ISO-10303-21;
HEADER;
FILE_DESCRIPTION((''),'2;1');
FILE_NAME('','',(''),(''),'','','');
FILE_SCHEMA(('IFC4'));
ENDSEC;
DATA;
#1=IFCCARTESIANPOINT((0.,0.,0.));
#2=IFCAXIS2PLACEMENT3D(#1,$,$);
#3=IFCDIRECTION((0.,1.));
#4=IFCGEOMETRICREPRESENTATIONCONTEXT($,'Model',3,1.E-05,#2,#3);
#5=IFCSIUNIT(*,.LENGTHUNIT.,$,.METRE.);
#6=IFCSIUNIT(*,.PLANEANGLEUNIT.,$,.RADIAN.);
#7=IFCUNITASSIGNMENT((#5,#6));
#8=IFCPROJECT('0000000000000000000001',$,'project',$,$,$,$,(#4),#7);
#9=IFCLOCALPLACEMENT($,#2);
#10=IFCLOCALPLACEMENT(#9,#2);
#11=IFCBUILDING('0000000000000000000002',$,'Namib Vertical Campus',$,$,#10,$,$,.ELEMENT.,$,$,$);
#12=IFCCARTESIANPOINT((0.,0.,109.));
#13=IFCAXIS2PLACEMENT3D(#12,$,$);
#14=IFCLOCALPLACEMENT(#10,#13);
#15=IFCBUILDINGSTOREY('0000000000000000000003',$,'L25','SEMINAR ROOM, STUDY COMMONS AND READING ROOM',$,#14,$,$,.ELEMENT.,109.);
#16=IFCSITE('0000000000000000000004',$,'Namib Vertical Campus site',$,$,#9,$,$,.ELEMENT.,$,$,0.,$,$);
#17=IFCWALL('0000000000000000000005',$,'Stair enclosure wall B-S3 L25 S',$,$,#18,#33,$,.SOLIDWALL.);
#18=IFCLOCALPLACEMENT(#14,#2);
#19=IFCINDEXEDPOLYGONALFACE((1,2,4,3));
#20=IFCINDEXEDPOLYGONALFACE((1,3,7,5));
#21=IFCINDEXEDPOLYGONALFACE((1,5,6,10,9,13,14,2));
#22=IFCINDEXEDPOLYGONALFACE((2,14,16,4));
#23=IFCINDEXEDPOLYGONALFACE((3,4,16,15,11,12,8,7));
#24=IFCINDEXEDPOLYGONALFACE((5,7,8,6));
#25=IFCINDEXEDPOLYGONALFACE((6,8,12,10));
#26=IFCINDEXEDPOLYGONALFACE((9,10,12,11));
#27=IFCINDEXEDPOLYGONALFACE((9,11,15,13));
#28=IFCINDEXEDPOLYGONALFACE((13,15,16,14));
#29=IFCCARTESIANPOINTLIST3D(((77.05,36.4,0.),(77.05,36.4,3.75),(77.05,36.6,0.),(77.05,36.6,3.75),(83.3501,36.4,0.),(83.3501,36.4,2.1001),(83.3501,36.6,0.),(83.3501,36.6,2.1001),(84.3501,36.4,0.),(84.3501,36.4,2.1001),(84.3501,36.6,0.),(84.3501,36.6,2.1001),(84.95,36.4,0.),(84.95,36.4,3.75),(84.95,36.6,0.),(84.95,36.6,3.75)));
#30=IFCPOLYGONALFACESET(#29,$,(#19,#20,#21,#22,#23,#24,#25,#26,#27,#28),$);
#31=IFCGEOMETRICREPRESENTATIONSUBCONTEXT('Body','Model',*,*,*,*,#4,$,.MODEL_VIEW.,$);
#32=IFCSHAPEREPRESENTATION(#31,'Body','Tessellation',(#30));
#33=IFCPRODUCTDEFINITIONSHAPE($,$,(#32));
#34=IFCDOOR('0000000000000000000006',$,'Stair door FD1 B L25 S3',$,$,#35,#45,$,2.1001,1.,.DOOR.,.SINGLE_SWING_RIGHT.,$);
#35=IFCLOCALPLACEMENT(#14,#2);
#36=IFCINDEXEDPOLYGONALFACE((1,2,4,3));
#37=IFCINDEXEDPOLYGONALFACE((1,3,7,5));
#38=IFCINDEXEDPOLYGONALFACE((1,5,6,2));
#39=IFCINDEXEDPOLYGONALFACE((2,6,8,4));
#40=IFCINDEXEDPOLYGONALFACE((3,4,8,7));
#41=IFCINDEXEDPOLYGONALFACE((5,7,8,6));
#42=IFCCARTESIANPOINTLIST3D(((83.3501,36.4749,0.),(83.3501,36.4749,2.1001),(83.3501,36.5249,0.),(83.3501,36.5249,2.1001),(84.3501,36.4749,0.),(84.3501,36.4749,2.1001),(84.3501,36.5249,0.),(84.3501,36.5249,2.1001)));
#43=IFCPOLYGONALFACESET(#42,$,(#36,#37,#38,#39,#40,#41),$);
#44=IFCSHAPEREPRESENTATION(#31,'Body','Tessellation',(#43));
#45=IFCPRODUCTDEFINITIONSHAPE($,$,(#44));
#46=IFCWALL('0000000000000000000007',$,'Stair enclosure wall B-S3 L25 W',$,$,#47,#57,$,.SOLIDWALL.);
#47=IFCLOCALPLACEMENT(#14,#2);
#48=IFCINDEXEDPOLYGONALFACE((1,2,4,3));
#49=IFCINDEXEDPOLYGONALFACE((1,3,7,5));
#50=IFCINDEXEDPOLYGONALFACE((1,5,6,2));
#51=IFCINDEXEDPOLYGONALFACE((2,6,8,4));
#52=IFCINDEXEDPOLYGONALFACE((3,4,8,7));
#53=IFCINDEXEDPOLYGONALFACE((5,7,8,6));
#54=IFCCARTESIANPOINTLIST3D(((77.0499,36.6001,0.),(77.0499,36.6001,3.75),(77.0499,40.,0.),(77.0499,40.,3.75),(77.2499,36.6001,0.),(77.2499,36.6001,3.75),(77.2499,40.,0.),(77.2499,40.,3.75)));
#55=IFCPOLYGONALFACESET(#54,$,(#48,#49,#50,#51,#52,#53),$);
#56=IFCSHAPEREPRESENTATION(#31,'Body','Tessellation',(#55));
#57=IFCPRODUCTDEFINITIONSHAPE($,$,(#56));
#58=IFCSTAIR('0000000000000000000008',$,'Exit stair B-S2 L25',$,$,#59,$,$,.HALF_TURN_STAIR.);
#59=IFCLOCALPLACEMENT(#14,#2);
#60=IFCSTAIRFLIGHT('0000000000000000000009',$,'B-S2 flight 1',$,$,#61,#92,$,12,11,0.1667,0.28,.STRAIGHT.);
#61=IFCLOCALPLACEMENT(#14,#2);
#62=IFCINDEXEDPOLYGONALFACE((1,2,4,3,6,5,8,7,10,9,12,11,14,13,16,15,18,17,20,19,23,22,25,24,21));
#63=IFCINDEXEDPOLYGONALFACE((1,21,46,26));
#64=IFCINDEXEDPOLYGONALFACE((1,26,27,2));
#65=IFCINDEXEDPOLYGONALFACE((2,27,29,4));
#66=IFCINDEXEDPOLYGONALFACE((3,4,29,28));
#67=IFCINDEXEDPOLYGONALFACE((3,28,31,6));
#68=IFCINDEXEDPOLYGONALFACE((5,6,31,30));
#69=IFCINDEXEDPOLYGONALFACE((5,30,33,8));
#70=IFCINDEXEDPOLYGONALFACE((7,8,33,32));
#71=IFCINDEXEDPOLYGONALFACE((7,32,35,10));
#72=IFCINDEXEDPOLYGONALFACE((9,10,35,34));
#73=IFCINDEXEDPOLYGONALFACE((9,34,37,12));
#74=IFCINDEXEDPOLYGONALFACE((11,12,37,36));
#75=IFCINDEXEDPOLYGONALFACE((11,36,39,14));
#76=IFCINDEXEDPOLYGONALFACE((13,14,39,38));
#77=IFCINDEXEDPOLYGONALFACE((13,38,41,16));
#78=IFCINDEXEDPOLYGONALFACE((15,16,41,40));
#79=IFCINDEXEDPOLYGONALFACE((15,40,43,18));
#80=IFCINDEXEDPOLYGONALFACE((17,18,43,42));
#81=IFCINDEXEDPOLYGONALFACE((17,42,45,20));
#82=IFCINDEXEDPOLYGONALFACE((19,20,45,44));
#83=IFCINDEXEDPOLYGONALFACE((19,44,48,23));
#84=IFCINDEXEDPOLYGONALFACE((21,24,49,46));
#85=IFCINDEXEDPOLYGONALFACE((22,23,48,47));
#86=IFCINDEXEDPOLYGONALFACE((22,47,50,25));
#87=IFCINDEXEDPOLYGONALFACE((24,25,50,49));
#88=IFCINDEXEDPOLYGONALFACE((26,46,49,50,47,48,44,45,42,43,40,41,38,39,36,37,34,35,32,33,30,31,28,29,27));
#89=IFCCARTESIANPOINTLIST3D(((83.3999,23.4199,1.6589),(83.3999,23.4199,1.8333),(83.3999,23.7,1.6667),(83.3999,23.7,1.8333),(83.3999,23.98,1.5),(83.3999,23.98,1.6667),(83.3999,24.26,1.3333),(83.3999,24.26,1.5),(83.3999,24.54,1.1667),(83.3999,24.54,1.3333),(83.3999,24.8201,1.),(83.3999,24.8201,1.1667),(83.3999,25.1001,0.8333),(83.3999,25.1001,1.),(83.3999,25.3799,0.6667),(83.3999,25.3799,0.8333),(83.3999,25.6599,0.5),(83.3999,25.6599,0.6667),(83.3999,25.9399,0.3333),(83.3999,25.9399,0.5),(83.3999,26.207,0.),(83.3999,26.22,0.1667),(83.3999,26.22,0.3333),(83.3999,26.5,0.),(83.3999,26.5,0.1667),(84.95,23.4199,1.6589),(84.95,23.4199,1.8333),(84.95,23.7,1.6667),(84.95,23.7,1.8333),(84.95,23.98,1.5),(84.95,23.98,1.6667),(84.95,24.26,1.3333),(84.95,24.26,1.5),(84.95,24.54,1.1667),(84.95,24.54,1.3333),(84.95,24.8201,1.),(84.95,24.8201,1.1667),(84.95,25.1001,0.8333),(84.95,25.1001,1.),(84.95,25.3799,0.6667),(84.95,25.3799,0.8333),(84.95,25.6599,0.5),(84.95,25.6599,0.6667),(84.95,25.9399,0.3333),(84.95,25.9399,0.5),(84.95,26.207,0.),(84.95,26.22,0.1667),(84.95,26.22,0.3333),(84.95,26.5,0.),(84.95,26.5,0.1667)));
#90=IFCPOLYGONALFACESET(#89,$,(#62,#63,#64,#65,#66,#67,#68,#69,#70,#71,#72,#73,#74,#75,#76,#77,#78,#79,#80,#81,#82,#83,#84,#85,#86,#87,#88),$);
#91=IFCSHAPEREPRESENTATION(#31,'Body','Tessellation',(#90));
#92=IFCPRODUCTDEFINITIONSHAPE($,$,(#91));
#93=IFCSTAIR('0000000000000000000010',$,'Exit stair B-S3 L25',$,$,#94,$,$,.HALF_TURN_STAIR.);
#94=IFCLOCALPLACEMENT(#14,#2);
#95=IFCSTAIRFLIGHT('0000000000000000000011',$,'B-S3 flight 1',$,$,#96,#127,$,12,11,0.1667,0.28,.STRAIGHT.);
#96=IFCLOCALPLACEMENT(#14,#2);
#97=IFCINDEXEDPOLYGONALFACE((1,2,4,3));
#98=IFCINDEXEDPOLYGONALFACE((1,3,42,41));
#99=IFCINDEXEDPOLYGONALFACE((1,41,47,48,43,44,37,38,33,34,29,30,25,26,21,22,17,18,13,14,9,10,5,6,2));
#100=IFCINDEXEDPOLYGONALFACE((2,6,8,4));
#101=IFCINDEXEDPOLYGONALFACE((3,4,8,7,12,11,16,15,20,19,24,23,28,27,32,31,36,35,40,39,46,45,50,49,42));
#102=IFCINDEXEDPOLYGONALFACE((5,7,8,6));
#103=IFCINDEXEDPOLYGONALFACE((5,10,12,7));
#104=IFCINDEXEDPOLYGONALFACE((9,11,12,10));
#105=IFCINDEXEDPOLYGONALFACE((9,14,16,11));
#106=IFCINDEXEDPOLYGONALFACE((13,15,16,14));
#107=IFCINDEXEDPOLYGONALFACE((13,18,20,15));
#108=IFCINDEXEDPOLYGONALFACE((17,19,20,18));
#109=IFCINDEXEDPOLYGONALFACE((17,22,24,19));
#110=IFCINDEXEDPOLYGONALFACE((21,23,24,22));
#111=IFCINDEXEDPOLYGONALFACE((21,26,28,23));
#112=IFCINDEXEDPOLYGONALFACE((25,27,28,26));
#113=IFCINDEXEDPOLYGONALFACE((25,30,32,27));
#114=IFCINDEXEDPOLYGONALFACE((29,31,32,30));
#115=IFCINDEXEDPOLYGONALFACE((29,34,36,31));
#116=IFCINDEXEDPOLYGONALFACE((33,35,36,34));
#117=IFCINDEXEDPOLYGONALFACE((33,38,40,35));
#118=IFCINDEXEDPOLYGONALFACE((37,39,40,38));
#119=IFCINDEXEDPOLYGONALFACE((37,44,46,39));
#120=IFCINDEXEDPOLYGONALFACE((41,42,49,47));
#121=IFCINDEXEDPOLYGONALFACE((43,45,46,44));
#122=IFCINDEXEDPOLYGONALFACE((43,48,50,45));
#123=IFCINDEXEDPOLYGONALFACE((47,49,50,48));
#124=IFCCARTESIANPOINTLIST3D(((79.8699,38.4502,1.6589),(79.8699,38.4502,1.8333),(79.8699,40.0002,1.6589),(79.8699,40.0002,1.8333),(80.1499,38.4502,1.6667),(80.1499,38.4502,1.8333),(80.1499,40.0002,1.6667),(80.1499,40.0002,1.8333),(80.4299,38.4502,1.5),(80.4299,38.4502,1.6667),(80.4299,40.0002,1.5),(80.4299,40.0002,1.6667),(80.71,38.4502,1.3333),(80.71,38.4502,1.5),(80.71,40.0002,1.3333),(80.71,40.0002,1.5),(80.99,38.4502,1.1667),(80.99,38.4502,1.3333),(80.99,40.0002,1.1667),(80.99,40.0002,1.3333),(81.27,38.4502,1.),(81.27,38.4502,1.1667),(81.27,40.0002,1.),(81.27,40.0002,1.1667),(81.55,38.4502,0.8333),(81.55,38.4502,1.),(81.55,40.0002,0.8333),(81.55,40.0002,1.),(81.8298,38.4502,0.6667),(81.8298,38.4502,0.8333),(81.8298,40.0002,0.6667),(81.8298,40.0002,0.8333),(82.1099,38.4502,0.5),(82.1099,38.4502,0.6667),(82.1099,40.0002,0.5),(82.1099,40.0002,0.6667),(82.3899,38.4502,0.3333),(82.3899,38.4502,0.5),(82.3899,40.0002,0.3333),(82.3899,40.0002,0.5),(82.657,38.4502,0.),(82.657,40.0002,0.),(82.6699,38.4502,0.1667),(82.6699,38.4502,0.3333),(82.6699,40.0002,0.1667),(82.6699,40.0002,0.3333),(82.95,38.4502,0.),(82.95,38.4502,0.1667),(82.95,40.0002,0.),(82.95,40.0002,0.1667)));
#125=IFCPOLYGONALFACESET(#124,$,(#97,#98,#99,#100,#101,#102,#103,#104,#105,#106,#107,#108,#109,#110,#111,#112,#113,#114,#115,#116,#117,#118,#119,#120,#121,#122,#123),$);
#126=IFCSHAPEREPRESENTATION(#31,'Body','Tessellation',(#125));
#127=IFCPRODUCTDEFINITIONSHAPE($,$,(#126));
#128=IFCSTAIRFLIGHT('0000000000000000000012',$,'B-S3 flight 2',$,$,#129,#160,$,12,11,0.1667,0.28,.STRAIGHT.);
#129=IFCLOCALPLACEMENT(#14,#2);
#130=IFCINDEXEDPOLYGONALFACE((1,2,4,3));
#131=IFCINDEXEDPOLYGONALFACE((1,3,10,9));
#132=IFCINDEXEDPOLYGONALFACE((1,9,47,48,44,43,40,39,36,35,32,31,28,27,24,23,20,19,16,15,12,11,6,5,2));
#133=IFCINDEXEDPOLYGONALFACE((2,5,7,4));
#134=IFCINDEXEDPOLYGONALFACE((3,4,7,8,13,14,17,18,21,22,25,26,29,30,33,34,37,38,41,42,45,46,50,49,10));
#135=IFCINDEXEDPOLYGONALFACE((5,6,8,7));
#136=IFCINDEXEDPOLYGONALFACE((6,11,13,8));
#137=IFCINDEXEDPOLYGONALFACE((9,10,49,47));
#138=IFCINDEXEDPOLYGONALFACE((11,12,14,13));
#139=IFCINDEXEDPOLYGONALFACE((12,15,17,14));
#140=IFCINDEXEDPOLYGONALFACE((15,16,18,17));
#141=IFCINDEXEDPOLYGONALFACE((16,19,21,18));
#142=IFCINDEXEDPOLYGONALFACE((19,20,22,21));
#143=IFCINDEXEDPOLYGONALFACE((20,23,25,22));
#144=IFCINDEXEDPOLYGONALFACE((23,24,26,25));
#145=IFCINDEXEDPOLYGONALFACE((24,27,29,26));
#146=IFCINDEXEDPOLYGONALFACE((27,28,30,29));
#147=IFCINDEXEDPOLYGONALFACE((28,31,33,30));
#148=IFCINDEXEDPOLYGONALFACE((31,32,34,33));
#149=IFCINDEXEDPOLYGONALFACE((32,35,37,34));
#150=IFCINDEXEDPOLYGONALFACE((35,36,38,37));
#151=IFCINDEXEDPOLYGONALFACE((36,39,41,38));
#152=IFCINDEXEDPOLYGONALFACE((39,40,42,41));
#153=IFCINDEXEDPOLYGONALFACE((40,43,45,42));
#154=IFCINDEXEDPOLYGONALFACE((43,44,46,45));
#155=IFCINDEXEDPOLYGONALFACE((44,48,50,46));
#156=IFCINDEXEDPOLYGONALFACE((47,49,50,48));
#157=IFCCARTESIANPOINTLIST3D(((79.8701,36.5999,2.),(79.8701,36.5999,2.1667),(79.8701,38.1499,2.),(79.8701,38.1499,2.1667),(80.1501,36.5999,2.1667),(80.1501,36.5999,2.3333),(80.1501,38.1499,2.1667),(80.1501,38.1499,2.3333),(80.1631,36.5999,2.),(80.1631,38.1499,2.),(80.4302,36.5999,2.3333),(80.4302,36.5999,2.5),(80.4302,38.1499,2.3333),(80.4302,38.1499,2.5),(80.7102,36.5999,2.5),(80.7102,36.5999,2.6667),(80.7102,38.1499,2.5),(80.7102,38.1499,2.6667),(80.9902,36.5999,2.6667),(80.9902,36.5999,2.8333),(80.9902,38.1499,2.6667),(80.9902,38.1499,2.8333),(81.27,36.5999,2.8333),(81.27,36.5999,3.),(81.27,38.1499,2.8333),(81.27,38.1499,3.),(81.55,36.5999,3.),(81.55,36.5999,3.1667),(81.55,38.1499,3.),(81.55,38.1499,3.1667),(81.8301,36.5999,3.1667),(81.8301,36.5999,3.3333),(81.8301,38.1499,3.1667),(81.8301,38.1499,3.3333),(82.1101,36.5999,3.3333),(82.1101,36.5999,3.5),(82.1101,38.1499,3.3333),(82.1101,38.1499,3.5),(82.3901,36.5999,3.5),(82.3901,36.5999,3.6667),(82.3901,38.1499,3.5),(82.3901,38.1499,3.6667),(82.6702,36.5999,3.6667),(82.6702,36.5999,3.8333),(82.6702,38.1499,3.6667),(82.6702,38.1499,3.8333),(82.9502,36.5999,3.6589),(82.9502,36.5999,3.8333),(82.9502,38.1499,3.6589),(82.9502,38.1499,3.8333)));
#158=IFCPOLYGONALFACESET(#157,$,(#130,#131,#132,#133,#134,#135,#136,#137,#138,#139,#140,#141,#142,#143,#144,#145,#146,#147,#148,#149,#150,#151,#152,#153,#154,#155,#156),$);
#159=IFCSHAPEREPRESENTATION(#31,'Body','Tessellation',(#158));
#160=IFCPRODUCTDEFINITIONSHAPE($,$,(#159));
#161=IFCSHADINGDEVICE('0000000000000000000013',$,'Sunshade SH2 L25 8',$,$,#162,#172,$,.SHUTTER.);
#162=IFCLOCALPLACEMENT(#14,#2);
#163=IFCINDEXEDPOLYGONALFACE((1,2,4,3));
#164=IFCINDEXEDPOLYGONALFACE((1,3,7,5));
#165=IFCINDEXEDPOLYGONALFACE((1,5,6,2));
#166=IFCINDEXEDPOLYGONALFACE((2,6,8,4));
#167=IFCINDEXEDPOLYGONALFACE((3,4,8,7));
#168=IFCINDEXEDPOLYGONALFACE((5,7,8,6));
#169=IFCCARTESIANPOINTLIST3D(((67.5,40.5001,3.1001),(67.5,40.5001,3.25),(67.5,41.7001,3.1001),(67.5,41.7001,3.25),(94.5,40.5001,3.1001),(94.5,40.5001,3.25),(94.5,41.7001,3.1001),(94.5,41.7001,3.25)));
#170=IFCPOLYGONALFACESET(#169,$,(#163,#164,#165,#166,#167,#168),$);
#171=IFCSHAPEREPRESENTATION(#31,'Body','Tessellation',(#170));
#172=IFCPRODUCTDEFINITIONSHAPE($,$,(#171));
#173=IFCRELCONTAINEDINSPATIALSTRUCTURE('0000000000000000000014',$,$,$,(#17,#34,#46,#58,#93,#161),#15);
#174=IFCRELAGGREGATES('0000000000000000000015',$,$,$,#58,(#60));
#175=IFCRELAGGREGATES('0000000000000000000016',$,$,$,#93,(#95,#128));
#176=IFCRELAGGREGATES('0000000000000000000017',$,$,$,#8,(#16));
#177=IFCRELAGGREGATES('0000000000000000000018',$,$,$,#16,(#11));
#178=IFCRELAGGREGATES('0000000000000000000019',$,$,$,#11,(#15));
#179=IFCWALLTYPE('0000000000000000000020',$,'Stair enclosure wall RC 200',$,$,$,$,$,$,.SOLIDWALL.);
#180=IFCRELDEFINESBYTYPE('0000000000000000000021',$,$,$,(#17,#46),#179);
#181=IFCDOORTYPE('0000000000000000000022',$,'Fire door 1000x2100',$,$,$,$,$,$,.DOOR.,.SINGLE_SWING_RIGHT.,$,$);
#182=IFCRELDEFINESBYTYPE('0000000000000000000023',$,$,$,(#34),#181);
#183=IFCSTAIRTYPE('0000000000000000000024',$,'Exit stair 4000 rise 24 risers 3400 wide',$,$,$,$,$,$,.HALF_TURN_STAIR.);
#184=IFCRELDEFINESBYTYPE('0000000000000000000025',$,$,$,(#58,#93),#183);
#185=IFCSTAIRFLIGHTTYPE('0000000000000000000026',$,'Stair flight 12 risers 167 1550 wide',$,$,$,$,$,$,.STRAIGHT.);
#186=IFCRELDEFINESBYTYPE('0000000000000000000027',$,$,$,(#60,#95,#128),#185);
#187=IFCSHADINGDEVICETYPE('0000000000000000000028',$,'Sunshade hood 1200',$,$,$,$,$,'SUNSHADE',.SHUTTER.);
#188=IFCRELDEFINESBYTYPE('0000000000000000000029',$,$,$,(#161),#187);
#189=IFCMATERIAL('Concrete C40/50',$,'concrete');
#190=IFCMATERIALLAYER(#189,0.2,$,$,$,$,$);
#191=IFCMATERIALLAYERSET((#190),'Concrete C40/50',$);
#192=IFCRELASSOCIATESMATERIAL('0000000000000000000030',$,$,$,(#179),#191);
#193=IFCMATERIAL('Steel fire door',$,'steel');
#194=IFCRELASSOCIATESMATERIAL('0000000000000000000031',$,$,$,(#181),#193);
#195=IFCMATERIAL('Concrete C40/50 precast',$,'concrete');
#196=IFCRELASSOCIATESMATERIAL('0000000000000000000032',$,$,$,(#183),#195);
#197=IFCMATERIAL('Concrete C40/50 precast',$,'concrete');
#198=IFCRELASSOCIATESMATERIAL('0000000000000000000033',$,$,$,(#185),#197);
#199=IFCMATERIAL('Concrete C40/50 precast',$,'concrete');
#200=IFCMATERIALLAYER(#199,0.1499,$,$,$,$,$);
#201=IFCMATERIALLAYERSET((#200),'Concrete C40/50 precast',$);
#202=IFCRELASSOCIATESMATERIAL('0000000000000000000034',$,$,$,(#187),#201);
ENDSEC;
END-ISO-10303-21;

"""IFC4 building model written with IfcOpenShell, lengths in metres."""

from ifc_helpers import new_model, si_unit, direction, frame, frame_2d, origin, origin_2d, place, context, subcontext, project, spatial, polyline, rectangle, outline, extrude, material, layer, layer_set, type_object, element, fill, aggregate, save


model = new_model("IFC4")

# Units and contexts
model_context = context("Model", 3, precision=1e-05, world=origin(), true_north=direction((0.0, 1.0)))
body_context = subcontext(model_context, "Body", "Model", "MODEL_VIEW")
ifc_project = project(units=[si_unit("LENGTHUNIT", "METRE"), si_unit("PLANEANGLEUNIT", "RADIAN")], contexts=[model_context])

# Site, building, storey
site_placement = place(None, origin())
site = spatial("IfcSite", under=ifc_project, at=site_placement, Name="Namib Vertical Campus site", CompositionType="ELEMENT", RefElevation=0.0)
building_placement = place(site_placement, origin())
building = spatial("IfcBuilding", under=site, at=building_placement, Name="Namib Vertical Campus", CompositionType="ELEMENT")
storey_placement = place(building_placement, frame((0.0, 0.0, 109.0)))
storey = spatial("IfcBuildingStorey", under=building, at=storey_placement, Name="L25", Description="SEMINAR ROOM, STUDY COMMONS AND READING ROOM", CompositionType="ELEMENT", Elevation=109.0)

# Wall, opening, door
ifc_material_1 = material(Name="Concrete C40/50", Category="concrete")
ifc_layer_1 = layer(ifc_material_1, 0.2)
ifc_layer_set_1 = layer_set([ifc_layer_1], Name="Concrete C40/50")
wall_type_1 = type_object("IfcWallType", Name="Stair enclosure wall RC 200", PredefinedType="SOLIDWALL", material=ifc_layer_set_1)
wall_1_placement = place(storey_placement, frame((77.05, 36.5, 0.0), z_axis=(0.0, 0.0, 1.0), x_axis=(1.0, 0.0, 0.0)))
wall_1 = element("IfcWall", 1, at=wall_1_placement, inside=storey, type_object=wall_type_1, Name="Stair enclosure wall B-S3 L25 S", PredefinedType="SOLIDWALL", context=body_context, shape_type="SweptSolid", body=[
    extrude(rectangle(XDim=7.8999, YDim=0.2, at=frame_2d((3.95, 0.0))), origin(), (0.0, 0.0, 1.0), 3.75),
])
opening_1_placement = place(wall_1_placement, frame((6.3, 0.0, 0.0)))
opening_1 = element("IfcOpeningElement", 2, at=opening_1_placement, cuts=wall_1, PredefinedType="OPENING", context=body_context, shape_type="SweptSolid", body=[
    extrude(rectangle(XDim=1.0, YDim=2.1001, at=frame_2d((0.5, 1.05))), frame((0.0, 0.1099, 0.0), z_axis=(0.0, -1.0, 0.0), x_axis=(1.0, 0.0, 0.0)), (0.0, 0.0, 1.0), 0.22),
])
ifc_material_2 = material(Name="Steel fire door", Category="steel")
door_type_1 = type_object("IfcDoorType", Name="Fire door 1000x2100", OperationType="SINGLE_SWING_RIGHT", PredefinedType="DOOR", material=ifc_material_2)
door_1_placement = place(opening_1_placement, origin())
door_1 = element("IfcDoor", 3, at=door_1_placement, inside=storey, type_object=door_type_1, Name="Stair door FD1 B L25 S3", OperationType="SINGLE_SWING_RIGHT", OverallHeight=2.1001, OverallWidth=1.0, PredefinedType="DOOR", context=body_context, shape_type="SweptSolid", body=[
    extrude(rectangle(XDim=1.0, YDim=2.1001, at=frame_2d((0.5, 1.05))), frame((0.0, 0.0249, 0.0), z_axis=(0.0, -1.0, 0.0), x_axis=(1.0, 0.0, 0.0)), (0.0, 0.0, 1.0), 0.05),
])
fill(opening_1, door_1)

# Wall
wall_2_placement = place(storey_placement, frame((77.1499, 36.6001, 0.0), z_axis=(0.0, 0.0, 1.0), x_axis=(0.0, 1.0, 0.0)))
element("IfcWall", 4, at=wall_2_placement, inside=storey, type_object=wall_type_1, Name="Stair enclosure wall B-S3 L25 W", PredefinedType="SOLIDWALL", context=body_context, shape_type="SweptSolid", body=[
    extrude(rectangle(XDim=3.3999, YDim=0.2, at=frame_2d((1.7, 0.0))), origin(), (0.0, 0.0, 1.0), 3.75),
])

# Stair, stair flight
ifc_material_3 = material(Name="Concrete C40/50 precast", Category="concrete")
stair_type = type_object("IfcStairType", Name="Exit stair 4000 rise 24 risers 3400 wide", PredefinedType="HALF_TURN_STAIR", material=ifc_material_3)
stair_1_placement = place(storey_placement, origin())
stair_1 = element("IfcStair", 5, at=stair_1_placement, inside=storey, type_object=stair_type, Name="Exit stair B-S2 L25", PredefinedType="HALF_TURN_STAIR")
ifc_material_4 = material(Name="Concrete C40/50 precast", Category="concrete")
stair_flight_type = type_object("IfcStairFlightType", Name="Stair flight 12 risers 167 1550 wide", PredefinedType="STRAIGHT", material=ifc_material_4)
stair_flight_1_placement = place(storey_placement, frame((84.175, 26.5, 0.0), z_axis=(0.0, 0.0, 1.0), x_axis=(0.0, -1.0, 0.0)))
stair_flight_1 = element("IfcStairFlight", 6, at=stair_flight_1_placement, type_object=stair_flight_type, Name="B-S2 flight 1", NumberOfRisers=12, NumberOfTreads=11, PredefinedType="STRAIGHT", RiserHeight=0.1667, TreadLength=0.28, context=body_context, shape_type="SweptSolid", body=[
    extrude(outline(polyline([(0.0, 0.0), (0.0, 0.1667), (0.28, 0.1667), (0.28, 0.3333), (0.5601, 0.3333), (0.5601, 0.5), (0.8401, 0.5), (0.8401, 0.6667), (1.1201, 0.6667), (1.1201, 0.8333), (1.3999, 0.8333), (1.3999, 1.0), (1.6799, 1.0), (1.6799, 1.1667), (1.96, 1.1667), (1.96, 1.3333), (2.24, 1.3333), (2.24, 1.5), (2.52, 1.5), (2.52, 1.6667), (2.8, 1.6667), (2.8, 1.8333), (3.0801, 1.8333), (3.0801, 2.0), (3.0801, 1.6589), (0.293, 0.0), (0.0, 0.0)])), frame((0.0, 0.7749, 0.0), z_axis=(0.0, -1.0, 0.0), x_axis=(1.0, 0.0, 0.0)), (0.0, 0.0, 1.0), 1.55),
])
aggregate(stair_1, [stair_flight_1])

# Stair, stair flights
stair_2_placement = place(storey_placement, origin())
stair_2 = element("IfcStair", 7, at=stair_2_placement, inside=storey, type_object=stair_type, Name="Exit stair B-S3 L25", PredefinedType="HALF_TURN_STAIR")
stair_flight_2_placement = place(storey_placement, frame((82.95, 39.2251, 0.0), z_axis=(0.0, 0.0, 1.0), x_axis=(-1.0, 0.0, 0.0)))
stair_flight_2 = element("IfcStairFlight", 8, at=stair_flight_2_placement, type_object=stair_flight_type, Name="B-S3 flight 1", NumberOfRisers=12, NumberOfTreads=11, PredefinedType="STRAIGHT", RiserHeight=0.1667, TreadLength=0.28, context=body_context, shape_type="SweptSolid", body=[
    extrude(outline(polyline([(0.0, 0.0), (0.0, 0.1667), (0.28, 0.1667), (0.28, 0.3333), (0.5601, 0.3333), (0.5601, 0.5), (0.8401, 0.5), (0.8401, 0.6667), (1.1201, 0.6667), (1.1201, 0.8333), (1.3999, 0.8333), (1.3999, 1.0), (1.6799, 1.0), (1.6799, 1.1667), (1.96, 1.1667), (1.96, 1.3333), (2.24, 1.3333), (2.24, 1.5), (2.52, 1.5), (2.52, 1.6667), (2.8, 1.6667), (2.8, 1.8333), (3.0801, 1.8333), (3.0801, 2.0), (3.0801, 1.6589), (0.293, 0.0), (0.0, 0.0)])), frame((0.0, 0.7749, 0.0), z_axis=(0.0, -1.0, 0.0), x_axis=(1.0, 0.0, 0.0)), (0.0, 0.0, 1.0), 1.55),
])
stair_flight_3_placement = place(storey_placement, frame((79.8701, 37.375, 2.0), z_axis=(0.0, 0.0, 1.0), x_axis=(1.0, 0.0, 0.0)))
stair_flight_3 = element("IfcStairFlight", 9, at=stair_flight_3_placement, type_object=stair_flight_type, Name="B-S3 flight 2", NumberOfRisers=12, NumberOfTreads=11, PredefinedType="STRAIGHT", RiserHeight=0.1667, TreadLength=0.28, context=body_context, shape_type="SweptSolid", body=[
    extrude(outline(polyline([(0.0, 0.0), (0.0, 0.1667), (0.28, 0.1667), (0.28, 0.3333), (0.5601, 0.3333), (0.5601, 0.5), (0.8401, 0.5), (0.8401, 0.6667), (1.1201, 0.6667), (1.1201, 0.8333), (1.3999, 0.8333), (1.3999, 1.0), (1.6799, 1.0), (1.6799, 1.1667), (1.96, 1.1667), (1.96, 1.3333), (2.24, 1.3333), (2.24, 1.5), (2.52, 1.5), (2.52, 1.6667), (2.8, 1.6667), (2.8, 1.8333), (3.0801, 1.8333), (3.0801, 2.0), (3.0801, 1.6589), (0.293, 0.0), (0.0, 0.0)])), frame((0.0, 0.7749, 0.0), z_axis=(0.0, -1.0, 0.0), x_axis=(1.0, 0.0, 0.0)), (0.0, 0.0, 1.0), 1.55),
])
aggregate(stair_2, [stair_flight_2, stair_flight_3])

# Shading device
ifc_material_5 = material(Name="Concrete C40/50 precast", Category="concrete")
ifc_layer_2 = layer(ifc_material_5, 0.1499)
ifc_layer_set_2 = layer_set([ifc_layer_2], Name="Concrete C40/50 precast")
shading_device_type = type_object("IfcShadingDeviceType", Name="Sunshade hood 1200", ElementType="SUNSHADE", PredefinedType="SHUTTER", material=ifc_layer_set_2)
shading_device_placement = place(storey_placement, frame((81.0, 41.1001, 3.1001), z_axis=(0.0, 0.0, 1.0), x_axis=(-1.0, 0.0, 0.0)))
element("IfcShadingDevice", 10, at=shading_device_placement, inside=storey, type_object=shading_device_type, Name="Sunshade SH2 L25 8", PredefinedType="SHUTTER", context=body_context, shape_type="SweptSolid", body=[
    extrude(rectangle(XDim=27.0, YDim=1.2, at=origin_2d()), origin(), (0.0, 0.0, 1.0), 0.1499),
])

save(model, "model.ifc")
